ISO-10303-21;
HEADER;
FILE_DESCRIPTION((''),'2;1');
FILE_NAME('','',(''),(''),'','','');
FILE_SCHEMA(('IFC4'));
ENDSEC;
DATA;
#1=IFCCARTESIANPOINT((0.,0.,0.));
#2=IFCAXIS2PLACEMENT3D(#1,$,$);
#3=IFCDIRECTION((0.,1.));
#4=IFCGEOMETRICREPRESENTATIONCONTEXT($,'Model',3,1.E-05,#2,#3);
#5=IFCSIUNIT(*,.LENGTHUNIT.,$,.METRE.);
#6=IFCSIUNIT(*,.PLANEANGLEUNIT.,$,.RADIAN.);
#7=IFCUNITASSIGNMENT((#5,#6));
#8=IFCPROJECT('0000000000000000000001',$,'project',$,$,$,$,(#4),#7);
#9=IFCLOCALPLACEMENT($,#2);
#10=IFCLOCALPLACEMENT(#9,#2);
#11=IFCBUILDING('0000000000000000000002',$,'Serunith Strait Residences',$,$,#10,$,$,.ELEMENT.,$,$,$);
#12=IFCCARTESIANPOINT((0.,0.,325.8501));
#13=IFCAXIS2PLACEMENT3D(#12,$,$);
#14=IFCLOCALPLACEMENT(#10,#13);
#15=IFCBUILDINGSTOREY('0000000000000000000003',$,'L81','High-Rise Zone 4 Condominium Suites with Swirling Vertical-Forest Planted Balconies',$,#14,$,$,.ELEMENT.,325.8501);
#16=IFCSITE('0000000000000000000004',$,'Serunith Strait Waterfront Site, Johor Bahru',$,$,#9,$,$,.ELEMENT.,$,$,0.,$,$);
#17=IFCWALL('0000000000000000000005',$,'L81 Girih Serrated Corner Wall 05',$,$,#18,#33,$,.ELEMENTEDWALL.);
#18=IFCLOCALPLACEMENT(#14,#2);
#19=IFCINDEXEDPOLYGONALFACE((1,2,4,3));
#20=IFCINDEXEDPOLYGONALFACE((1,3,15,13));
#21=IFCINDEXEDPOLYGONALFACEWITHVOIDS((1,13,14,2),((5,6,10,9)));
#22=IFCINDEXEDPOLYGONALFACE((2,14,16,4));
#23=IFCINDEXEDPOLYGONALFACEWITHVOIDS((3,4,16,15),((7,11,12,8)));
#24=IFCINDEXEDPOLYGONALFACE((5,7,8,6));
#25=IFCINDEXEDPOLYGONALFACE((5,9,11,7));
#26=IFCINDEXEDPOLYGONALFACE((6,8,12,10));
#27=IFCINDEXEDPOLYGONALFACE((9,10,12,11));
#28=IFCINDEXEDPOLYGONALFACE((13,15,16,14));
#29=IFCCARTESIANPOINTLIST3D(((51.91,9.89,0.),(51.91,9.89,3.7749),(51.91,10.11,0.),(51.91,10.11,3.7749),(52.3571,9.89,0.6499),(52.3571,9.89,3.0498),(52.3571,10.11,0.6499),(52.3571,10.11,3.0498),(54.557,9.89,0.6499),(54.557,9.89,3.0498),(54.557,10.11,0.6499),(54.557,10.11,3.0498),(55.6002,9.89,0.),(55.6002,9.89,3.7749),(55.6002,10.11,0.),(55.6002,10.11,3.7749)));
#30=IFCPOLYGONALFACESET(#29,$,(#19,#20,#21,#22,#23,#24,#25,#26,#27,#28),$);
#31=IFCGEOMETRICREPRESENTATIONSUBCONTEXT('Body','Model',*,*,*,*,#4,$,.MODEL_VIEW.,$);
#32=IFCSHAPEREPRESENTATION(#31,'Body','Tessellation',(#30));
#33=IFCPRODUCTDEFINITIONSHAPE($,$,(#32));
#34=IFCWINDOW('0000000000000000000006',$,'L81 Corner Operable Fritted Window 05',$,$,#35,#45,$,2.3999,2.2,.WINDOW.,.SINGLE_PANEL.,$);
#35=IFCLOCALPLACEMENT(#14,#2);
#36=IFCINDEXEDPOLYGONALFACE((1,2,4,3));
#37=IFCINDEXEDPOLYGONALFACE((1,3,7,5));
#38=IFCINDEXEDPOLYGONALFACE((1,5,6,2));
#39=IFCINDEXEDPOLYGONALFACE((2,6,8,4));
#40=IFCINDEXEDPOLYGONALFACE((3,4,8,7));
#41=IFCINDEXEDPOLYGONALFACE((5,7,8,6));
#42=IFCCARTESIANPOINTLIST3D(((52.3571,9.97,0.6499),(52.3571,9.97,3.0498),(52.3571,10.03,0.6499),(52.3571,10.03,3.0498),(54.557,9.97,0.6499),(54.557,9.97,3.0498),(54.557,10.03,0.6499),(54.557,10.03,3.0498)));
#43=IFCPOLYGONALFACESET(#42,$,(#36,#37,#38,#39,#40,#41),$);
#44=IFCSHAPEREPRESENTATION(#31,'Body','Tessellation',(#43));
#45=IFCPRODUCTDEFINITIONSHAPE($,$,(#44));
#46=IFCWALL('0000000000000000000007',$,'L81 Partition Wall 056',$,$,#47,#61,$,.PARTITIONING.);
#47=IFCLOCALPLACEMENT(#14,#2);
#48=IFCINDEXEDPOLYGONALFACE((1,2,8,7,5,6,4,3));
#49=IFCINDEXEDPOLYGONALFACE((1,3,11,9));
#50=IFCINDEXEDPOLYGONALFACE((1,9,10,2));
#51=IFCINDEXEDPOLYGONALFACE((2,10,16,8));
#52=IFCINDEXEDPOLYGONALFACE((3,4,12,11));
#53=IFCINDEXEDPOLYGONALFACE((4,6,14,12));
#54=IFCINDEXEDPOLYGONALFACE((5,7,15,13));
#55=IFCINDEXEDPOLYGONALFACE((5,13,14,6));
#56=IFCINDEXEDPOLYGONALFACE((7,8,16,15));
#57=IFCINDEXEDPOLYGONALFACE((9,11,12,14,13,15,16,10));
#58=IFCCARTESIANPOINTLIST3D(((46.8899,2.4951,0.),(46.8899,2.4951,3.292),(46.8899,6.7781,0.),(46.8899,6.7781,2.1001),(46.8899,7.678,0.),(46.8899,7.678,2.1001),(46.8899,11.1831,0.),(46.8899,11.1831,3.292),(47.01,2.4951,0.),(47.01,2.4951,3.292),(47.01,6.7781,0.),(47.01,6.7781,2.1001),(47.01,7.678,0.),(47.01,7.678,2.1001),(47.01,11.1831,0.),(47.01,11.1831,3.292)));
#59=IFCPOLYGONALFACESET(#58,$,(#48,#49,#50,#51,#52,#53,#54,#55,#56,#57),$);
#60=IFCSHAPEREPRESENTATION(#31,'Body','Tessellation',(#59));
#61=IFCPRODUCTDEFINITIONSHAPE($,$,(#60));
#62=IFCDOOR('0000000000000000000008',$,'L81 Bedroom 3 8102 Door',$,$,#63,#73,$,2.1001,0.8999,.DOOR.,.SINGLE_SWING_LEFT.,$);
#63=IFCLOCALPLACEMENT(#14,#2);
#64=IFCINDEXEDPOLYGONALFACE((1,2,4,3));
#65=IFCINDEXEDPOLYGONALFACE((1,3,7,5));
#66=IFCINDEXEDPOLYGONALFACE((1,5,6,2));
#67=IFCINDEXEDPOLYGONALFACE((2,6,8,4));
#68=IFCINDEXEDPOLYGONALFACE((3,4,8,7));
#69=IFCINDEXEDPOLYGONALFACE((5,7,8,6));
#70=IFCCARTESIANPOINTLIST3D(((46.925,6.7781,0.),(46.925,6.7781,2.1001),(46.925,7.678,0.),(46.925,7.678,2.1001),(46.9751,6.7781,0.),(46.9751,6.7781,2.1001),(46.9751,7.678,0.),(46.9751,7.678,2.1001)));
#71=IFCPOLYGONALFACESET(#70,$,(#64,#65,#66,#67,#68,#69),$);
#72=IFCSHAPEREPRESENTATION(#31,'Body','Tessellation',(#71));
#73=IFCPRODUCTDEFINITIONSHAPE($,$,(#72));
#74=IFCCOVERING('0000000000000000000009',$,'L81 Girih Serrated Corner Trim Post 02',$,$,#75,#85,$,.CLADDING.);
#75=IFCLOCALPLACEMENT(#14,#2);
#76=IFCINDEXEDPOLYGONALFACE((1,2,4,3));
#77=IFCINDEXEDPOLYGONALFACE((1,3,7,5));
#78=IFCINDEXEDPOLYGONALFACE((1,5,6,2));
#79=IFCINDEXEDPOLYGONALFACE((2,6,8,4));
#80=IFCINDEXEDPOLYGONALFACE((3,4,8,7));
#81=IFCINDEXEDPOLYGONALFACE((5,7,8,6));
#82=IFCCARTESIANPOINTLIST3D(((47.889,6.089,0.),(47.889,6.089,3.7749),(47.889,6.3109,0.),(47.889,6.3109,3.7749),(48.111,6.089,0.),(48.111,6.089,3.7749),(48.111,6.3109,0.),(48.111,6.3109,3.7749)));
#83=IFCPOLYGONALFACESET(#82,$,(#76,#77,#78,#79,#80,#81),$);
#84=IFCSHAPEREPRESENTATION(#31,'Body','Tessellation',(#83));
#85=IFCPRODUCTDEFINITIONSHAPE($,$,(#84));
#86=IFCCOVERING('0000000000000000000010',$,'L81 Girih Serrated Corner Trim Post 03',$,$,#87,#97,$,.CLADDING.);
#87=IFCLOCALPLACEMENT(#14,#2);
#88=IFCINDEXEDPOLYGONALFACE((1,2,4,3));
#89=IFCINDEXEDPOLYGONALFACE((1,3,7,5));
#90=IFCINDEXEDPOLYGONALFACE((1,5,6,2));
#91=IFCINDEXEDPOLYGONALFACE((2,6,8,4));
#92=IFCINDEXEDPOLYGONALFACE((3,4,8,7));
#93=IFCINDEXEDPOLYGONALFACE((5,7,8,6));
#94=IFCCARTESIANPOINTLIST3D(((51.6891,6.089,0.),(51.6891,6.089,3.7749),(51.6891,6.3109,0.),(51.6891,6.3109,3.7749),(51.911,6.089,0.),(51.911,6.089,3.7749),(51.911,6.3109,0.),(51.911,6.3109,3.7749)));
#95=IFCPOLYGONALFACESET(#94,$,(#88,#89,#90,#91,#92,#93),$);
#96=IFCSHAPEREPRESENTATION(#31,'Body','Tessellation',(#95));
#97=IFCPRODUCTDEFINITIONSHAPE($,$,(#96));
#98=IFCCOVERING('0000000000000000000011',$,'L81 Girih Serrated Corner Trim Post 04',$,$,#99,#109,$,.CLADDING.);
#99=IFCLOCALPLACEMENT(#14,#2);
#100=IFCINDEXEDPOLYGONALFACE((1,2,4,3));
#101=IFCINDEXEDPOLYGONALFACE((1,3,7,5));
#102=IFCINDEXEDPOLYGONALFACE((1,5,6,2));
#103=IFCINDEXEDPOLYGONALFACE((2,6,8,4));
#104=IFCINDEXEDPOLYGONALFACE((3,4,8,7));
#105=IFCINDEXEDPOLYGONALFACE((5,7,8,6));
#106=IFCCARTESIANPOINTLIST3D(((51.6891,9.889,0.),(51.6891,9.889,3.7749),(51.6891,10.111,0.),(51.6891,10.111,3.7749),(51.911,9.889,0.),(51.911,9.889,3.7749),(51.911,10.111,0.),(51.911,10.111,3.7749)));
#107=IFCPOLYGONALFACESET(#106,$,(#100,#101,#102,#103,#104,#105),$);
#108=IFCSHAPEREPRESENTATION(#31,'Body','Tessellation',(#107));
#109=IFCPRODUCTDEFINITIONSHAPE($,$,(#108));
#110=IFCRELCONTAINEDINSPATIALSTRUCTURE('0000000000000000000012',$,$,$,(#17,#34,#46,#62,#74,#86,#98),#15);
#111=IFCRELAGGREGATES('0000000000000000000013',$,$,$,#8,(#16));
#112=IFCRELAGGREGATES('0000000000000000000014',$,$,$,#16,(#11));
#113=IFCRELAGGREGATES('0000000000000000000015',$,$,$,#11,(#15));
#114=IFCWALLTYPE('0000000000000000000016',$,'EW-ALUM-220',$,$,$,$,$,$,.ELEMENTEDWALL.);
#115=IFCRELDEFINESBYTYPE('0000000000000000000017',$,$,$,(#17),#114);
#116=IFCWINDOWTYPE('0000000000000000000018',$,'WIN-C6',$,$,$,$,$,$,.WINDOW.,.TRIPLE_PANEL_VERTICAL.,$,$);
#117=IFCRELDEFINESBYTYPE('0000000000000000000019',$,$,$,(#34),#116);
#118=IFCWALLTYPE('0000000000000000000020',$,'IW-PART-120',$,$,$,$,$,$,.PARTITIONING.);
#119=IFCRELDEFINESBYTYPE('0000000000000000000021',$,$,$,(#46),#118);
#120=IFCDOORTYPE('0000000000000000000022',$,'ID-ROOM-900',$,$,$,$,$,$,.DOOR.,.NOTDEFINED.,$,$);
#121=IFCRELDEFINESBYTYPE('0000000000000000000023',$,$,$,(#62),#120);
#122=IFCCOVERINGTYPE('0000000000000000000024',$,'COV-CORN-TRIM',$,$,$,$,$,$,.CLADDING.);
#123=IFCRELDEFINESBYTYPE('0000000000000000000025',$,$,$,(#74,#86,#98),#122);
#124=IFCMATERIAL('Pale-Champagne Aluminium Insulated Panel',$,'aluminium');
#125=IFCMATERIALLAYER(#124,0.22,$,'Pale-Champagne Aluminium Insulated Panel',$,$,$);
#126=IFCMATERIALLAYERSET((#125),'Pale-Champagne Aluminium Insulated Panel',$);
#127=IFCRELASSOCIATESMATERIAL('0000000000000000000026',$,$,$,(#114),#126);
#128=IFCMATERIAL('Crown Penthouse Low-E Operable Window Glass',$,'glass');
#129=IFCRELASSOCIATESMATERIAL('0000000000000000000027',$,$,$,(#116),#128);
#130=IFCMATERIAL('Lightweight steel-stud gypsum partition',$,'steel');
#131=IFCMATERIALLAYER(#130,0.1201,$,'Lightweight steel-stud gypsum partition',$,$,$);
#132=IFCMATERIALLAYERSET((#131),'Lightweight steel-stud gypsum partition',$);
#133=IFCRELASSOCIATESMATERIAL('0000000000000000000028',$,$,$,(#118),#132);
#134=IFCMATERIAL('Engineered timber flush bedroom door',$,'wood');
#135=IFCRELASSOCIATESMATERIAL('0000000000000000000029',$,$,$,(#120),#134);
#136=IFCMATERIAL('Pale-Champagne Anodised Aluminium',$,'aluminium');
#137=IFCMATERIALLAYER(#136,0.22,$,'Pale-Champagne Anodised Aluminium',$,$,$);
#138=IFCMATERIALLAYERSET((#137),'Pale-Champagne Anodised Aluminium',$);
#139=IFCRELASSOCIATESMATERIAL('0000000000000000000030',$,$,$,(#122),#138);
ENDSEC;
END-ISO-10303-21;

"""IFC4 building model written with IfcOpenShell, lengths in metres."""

from ifc_helpers import new_model, si_unit, direction, frame, frame_2d, origin, origin_2d, place, context, subcontext, project, spatial, rectangle, extrude, source, transform, mapped, material, layer, layer_set, type_object, element, fill, save


model = new_model("IFC4")

# Units and contexts
model_context = context("Model", 3, precision=1e-05, world=origin(), true_north=direction((0.0, 1.0)))
body_context = subcontext(model_context, "Body", "Model", "MODEL_VIEW")
ifc_project = project(units=[si_unit("LENGTHUNIT", "METRE"), si_unit("PLANEANGLEUNIT", "RADIAN")], contexts=[model_context])

# Site, building, storey
site_placement = place(None, origin())
site = spatial("IfcSite", under=ifc_project, at=site_placement, Name="Serunith Strait Waterfront Site, Johor Bahru", CompositionType="ELEMENT", RefElevation=0.0)
building_placement = place(site_placement, origin())
building = spatial("IfcBuilding", under=site, at=building_placement, Name="Serunith Strait Residences", CompositionType="ELEMENT")
storey_placement = place(building_placement, frame((0.0, 0.0, 325.8501)))
storey = spatial("IfcBuildingStorey", under=building, at=storey_placement, Name="L81", Description="High-Rise Zone 4 Condominium Suites with Swirling Vertical-Forest Planted Balconies", CompositionType="ELEMENT", Elevation=325.8501)

# Wall, opening, window
ifc_material_1 = material(Name="Pale-Champagne Aluminium Insulated Panel", Category="aluminium")
ifc_layer_1 = layer(ifc_material_1, 0.22, Name="Pale-Champagne Aluminium Insulated Panel")
ifc_layer_set_1 = layer_set([ifc_layer_1], Name="Pale-Champagne Aluminium Insulated Panel")
wall_type_1 = type_object("IfcWallType", Name="EW-ALUM-220", PredefinedType="ELEMENTEDWALL", material=ifc_layer_set_1)
ifc_material_2 = material(Name="Crown Penthouse Low-E Operable Window Glass", Category="glass")
window_type = type_object("IfcWindowType", Name="WIN-C6", PartitioningType="TRIPLE_PANEL_VERTICAL", PredefinedType="WINDOW", material=ifc_material_2)
shared_shape_1 = source(origin(), body_context, "Body", "SweptSolid", [
    extrude(rectangle(XDim=2.2, YDim=2.3999, at=frame_2d((1.1001, 1.2))), frame((0.0, 0.03, 0.0), z_axis=(0.0, -1.0, 0.0), x_axis=(1.0, 0.0, 0.0)), (0.0, 0.0, 1.0), 0.0601),
])
wall_1_placement = place(storey_placement, frame((51.9099, 10.0, 0.0), z_axis=(0.0, 0.0, 1.0), x_axis=(1.0, 0.0, 0.0)))
wall_1 = element("IfcWall", 1, at=wall_1_placement, inside=storey, type_object=wall_type_1, Name="L81 Girih Serrated Corner Wall 05", PredefinedType="ELEMENTEDWALL", context=body_context, shape_type="SweptSolid", body=[
    extrude(rectangle(XDim=3.6902, YDim=0.22, at=frame_2d((1.8452, 0.0))), origin(), (0.0, 0.0, 1.0), 3.7749),
])
opening_1_placement = place(wall_1_placement, frame((0.447, 0.0, 0.6499)))
opening_1 = element("IfcOpeningElement", 2, at=opening_1_placement, cuts=wall_1, PredefinedType="OPENING", context=body_context, shape_type="SweptSolid", body=[
    extrude(rectangle(XDim=2.2, YDim=2.3999, at=frame_2d((1.1001, 1.2))), frame((0.0, 0.1201, 0.0), z_axis=(0.0, -1.0, 0.0), x_axis=(1.0, 0.0, 0.0)), (0.0, 0.0, 1.0), 0.24),
])
window_1_placement = place(opening_1_placement, origin())
window_1 = element("IfcWindow", 3, at=window_1_placement, inside=storey, type_object=window_type, Name="L81 Corner Operable Fritted Window 05", OverallHeight=2.3999, OverallWidth=2.2, PartitioningType="SINGLE_PANEL", PredefinedType="WINDOW", context=body_context, shape_type="MappedRepresentation", body=[
    mapped(shared_shape_1, transform((0.0, 0.0, 0.0), scale=1.0)),
])
fill(opening_1, window_1)

# Wall, opening, door
ifc_material_3 = material(Name="Lightweight steel-stud gypsum partition", Category="steel")
ifc_layer_2 = layer(ifc_material_3, 0.1201, Name="Lightweight steel-stud gypsum partition")
ifc_layer_set_2 = layer_set([ifc_layer_2], Name="Lightweight steel-stud gypsum partition")
wall_type_2 = type_object("IfcWallType", Name="IW-PART-120", PredefinedType="PARTITIONING", material=ifc_layer_set_2)
wall_2_placement = place(storey_placement, frame((46.95, 2.4951, 0.0), z_axis=(0.0, 0.0, 1.0), x_axis=(0.0, 1.0, 0.0)))
wall_2 = element("IfcWall", 4, at=wall_2_placement, inside=storey, type_object=wall_type_2, Name="L81 Partition Wall 056", PredefinedType="PARTITIONING", context=body_context, shape_type="SweptSolid", body=[
    extrude(rectangle(XDim=8.688, YDim=0.1201, at=frame_2d((4.344, 0.0))), origin(), (0.0, 0.0, 1.0), 3.292),
])
opening_2_placement = place(wall_2_placement, frame((4.283, 0.0, 0.0)))
opening_2 = element("IfcOpeningElement", 5, at=opening_2_placement, cuts=wall_2, PredefinedType="OPENING", context=body_context, shape_type="SweptSolid", body=[
    extrude(rectangle(XDim=0.8999, YDim=2.1001, at=frame_2d((0.45, 1.05))), frame((0.0, 0.0701, 0.0), z_axis=(0.0, -1.0, 0.0), x_axis=(1.0, 0.0, 0.0)), (0.0, 0.0, 1.0), 0.1401),
])
ifc_material_4 = material(Name="Engineered timber flush bedroom door", Category="wood")
door_type = type_object("IfcDoorType", Name="ID-ROOM-900", OperationType="NOTDEFINED", PredefinedType="DOOR", material=ifc_material_4)
shared_shape_2 = source(origin(), body_context, "Body", "SweptSolid", [
    extrude(rectangle(XDim=0.8999, YDim=2.1001, at=frame_2d((0.45, 1.05))), frame((0.0, 0.0249, 0.0), z_axis=(0.0, -1.0, 0.0), x_axis=(1.0, 0.0, 0.0)), (0.0, 0.0, 1.0), 0.05),
])
door_placement = place(opening_2_placement, origin())
door = element("IfcDoor", 6, at=door_placement, inside=storey, type_object=door_type, Name="L81 Bedroom 3 8102 Door", OperationType="SINGLE_SWING_LEFT", OverallHeight=2.1001, OverallWidth=0.8999, PredefinedType="DOOR", context=body_context, shape_type="MappedRepresentation", body=[
    mapped(shared_shape_2, transform((0.0, 0.0, 0.0), scale=1.0)),
])
fill(opening_2, door)

# Coverings
ifc_material_5 = material(Name="Pale-Champagne Anodised Aluminium", Category="aluminium")
ifc_layer_3 = layer(ifc_material_5, 0.22, Name="Pale-Champagne Anodised Aluminium")
ifc_layer_set_3 = layer_set([ifc_layer_3], Name="Pale-Champagne Anodised Aluminium")
covering_type = type_object("IfcCoveringType", Name="COV-CORN-TRIM", PredefinedType="CLADDING", material=ifc_layer_set_3)
shared_shape_3 = source(origin(), body_context, "Body", "SweptSolid", [
    extrude(rectangle(XDim=0.2219, YDim=0.2219, at=origin_2d()), origin(), (0.0, 0.0, 1.0), 3.7749),
])
for number, where, z_axis, x_axis, name in (
    (7, (48.0, 6.2, 0.0), (0.0, 0.0, 1.0), (1.0, 0.0, 0.0), "L81 Girih Serrated Corner Trim Post 02"),
    (8, (51.8, 6.2, 0.0), (0.0, 0.0, 1.0), (1.0, 0.0, 0.0), "L81 Girih Serrated Corner Trim Post 03"),
    (9, (51.8, 10.0, 0.0), (0.0, 0.0, 1.0), (1.0, 0.0, 0.0), "L81 Girih Serrated Corner Trim Post 04"),
):
    element("IfcCovering", number, at=place(storey_placement, frame(where, z_axis=z_axis, x_axis=x_axis)), inside=storey, type_object=covering_type, Name=name, PredefinedType="CLADDING", context=body_context, shape_type="MappedRepresentation", body=[
        mapped(shared_shape_3, transform((0.0, 0.0, 0.0), scale=1.0)),
    ])

save(model, "model.ifc")
